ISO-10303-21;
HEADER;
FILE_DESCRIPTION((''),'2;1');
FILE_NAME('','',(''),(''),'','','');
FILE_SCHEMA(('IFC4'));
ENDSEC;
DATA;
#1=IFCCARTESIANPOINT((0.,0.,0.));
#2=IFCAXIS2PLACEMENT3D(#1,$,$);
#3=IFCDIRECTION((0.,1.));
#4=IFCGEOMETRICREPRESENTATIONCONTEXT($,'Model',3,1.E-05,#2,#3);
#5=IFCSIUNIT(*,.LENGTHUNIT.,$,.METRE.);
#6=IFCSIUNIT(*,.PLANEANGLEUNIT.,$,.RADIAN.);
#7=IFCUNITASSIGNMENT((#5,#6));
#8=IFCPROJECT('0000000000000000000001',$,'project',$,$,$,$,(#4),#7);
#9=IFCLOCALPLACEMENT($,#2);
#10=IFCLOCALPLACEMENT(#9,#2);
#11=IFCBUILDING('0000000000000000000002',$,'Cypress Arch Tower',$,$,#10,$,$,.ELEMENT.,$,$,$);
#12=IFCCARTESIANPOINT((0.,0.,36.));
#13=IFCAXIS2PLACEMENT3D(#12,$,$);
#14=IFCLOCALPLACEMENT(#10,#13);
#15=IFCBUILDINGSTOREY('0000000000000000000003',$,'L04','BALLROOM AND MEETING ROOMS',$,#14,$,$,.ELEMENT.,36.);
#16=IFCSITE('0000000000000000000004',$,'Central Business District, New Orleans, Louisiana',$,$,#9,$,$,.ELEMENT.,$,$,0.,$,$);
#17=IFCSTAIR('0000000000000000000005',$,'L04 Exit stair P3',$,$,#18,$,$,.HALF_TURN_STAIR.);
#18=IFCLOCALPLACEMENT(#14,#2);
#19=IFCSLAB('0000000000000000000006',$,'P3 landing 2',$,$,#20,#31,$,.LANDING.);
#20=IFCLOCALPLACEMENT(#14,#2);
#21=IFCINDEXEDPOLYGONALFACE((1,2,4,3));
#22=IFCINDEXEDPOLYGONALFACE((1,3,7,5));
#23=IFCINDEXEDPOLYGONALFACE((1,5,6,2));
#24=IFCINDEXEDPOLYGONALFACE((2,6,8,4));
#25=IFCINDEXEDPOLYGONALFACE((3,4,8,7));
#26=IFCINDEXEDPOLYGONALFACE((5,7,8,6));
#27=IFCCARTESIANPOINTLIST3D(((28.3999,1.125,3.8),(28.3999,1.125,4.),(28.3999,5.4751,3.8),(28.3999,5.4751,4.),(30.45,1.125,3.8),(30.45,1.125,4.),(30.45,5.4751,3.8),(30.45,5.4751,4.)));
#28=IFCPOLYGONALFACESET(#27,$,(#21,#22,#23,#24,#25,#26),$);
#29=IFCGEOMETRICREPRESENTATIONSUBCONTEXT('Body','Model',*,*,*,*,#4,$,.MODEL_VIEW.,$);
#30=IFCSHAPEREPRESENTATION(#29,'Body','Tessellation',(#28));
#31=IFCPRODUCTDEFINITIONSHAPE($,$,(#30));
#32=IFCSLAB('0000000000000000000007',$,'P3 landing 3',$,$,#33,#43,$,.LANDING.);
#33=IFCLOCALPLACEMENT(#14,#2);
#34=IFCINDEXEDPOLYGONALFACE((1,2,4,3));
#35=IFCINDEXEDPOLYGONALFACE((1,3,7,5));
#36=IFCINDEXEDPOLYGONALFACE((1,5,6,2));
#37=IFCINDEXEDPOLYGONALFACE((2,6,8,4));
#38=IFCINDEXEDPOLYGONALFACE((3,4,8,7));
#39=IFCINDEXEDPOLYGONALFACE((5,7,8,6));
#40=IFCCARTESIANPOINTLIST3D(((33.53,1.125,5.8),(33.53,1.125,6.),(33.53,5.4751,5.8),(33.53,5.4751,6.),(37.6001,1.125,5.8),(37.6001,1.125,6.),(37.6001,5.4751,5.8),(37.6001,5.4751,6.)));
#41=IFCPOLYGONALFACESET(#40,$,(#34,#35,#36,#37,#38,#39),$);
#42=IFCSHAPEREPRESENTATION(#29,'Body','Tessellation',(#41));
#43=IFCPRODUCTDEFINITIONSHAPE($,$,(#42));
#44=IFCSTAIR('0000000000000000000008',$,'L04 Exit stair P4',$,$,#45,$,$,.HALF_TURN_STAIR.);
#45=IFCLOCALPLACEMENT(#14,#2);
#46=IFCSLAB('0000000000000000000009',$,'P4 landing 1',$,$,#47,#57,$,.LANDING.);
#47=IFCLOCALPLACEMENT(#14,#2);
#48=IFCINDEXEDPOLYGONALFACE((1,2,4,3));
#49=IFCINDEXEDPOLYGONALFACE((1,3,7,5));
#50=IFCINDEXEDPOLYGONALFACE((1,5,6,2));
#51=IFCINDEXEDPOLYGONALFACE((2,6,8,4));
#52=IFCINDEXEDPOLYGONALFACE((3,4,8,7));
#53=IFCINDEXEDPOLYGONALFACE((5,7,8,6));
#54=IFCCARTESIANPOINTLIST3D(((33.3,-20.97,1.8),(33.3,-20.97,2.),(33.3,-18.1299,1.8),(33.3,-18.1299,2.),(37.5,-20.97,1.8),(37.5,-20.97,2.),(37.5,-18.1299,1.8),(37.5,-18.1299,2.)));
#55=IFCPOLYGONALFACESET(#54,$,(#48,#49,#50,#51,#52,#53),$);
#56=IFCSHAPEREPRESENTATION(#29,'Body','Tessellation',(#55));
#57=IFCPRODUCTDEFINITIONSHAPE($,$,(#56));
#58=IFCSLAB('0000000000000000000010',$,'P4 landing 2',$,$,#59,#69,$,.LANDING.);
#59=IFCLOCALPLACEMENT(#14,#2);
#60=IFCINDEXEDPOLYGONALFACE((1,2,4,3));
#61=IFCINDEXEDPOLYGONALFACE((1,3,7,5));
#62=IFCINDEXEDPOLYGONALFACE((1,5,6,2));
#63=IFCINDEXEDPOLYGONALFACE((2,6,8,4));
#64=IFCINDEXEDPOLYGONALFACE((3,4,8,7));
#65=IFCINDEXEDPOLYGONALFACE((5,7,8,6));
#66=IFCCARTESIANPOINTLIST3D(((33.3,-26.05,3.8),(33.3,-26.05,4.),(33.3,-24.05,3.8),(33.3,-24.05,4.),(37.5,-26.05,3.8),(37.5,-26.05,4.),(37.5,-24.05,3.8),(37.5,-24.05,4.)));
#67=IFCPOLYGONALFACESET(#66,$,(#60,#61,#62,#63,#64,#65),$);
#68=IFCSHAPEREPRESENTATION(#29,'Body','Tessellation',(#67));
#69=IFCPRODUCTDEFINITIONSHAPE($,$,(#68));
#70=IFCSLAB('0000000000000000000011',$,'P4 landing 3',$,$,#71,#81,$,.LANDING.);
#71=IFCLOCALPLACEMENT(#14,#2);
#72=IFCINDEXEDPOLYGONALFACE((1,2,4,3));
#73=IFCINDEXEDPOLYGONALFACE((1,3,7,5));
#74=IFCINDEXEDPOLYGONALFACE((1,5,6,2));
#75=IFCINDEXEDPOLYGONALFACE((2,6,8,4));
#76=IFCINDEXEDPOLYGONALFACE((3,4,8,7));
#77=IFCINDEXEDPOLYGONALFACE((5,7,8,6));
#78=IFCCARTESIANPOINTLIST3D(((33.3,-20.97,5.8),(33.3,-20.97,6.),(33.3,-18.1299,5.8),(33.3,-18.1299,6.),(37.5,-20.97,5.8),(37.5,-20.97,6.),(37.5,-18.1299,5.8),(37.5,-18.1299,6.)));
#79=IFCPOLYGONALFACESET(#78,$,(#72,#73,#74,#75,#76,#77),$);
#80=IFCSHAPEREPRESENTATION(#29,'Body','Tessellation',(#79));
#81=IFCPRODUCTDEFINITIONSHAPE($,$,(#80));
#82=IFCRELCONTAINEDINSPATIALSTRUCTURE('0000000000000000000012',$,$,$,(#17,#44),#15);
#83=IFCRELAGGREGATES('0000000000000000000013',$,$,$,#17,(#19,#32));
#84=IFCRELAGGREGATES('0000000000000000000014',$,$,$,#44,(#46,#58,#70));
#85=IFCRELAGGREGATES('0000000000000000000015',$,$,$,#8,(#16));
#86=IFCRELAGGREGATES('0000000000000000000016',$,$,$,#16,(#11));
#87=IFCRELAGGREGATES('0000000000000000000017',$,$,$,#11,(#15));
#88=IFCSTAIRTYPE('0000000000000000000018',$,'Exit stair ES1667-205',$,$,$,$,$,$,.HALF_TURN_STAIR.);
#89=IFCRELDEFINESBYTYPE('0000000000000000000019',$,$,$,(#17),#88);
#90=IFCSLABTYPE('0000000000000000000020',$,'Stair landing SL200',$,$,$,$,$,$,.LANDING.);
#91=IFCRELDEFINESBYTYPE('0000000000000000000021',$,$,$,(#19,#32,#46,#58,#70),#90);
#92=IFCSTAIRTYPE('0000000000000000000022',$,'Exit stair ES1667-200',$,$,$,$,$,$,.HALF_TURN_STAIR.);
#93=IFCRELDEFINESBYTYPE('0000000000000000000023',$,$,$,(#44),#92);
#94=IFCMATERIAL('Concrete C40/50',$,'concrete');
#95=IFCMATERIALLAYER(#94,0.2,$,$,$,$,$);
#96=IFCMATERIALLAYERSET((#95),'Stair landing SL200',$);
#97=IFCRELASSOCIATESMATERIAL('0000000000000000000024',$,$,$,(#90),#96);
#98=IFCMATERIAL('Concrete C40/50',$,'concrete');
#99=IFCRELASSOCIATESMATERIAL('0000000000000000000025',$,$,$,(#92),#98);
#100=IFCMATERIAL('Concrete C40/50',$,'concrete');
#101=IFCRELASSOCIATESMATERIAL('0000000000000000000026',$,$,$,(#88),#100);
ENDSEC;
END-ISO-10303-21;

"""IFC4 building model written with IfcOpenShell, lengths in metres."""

from ifc_helpers import new_model, si_unit, direction, frame, origin, place, context, subcontext, project, spatial, polyline, outline, extrude, material, layer, layer_set, type_object, element, aggregate, save


model = new_model("IFC4")

# Units and contexts
model_context = context("Model", 3, precision=1e-05, world=origin(), true_north=direction((0.0, 1.0)))
body_context = subcontext(model_context, "Body", "Model", "MODEL_VIEW")
ifc_project = project(units=[si_unit("LENGTHUNIT", "METRE"), si_unit("PLANEANGLEUNIT", "RADIAN")], contexts=[model_context])

# Site, building, storey
site_placement = place(None, origin())
site = spatial("IfcSite", under=ifc_project, at=site_placement, Name="Central Business District, New Orleans, Louisiana", CompositionType="ELEMENT", RefElevation=0.0)
building_placement = place(site_placement, origin())
building = spatial("IfcBuilding", under=site, at=building_placement, Name="Cypress Arch Tower", CompositionType="ELEMENT")
storey_placement = place(building_placement, frame((0.0, 0.0, 36.0)))
storey = spatial("IfcBuildingStorey", under=building, at=storey_placement, Name="L04", Description="BALLROOM AND MEETING ROOMS", CompositionType="ELEMENT", Elevation=36.0)

# Stairs, slabs
ifc_material_1 = material(Name="Concrete C40/50", Category="concrete")
ifc_layer = layer(ifc_material_1, 0.2)
ifc_layer_set = layer_set([ifc_layer], Name="Stair landing SL200")
slab_type = type_object("IfcSlabType", Name="Stair landing SL200", PredefinedType="LANDING", material=ifc_layer_set)
ifc_material_2 = material(Name="Concrete C40/50", Category="concrete")
stair_type_1 = type_object("IfcStairType", Name="Exit stair ES1667-200", PredefinedType="HALF_TURN_STAIR", material=ifc_material_2)
ifc_material_3 = material(Name="Concrete C40/50", Category="concrete")
stair_type_2 = type_object("IfcStairType", Name="Exit stair ES1667-205", PredefinedType="HALF_TURN_STAIR", material=ifc_material_3)
stair_1_placement = place(storey_placement, origin())
stair_1 = element("IfcStair", 1, at=stair_1_placement, inside=storey, type_object=stair_type_2, Name="L04 Exit stair P3", PredefinedType="HALF_TURN_STAIR")
slab_1_placement = place(storey_placement, frame((0.0, 0.0, 3.8)))
slab_1 = element("IfcSlab", 2, at=slab_1_placement, type_object=slab_type, Name="P3 landing 2", PredefinedType="LANDING", context=body_context, shape_type="SweptSolid", body=[
    extrude(outline(polyline([(28.3999, 1.125), (30.45, 1.125), (30.45, 5.4751), (28.3999, 5.4751), (28.3999, 1.125)])), origin(), (0.0, 0.0, 1.0), 0.2),
])
slab_2_placement = place(storey_placement, frame((0.0, 0.0, 5.8)))
slab_2 = element("IfcSlab", 3, at=slab_2_placement, type_object=slab_type, Name="P3 landing 3", PredefinedType="LANDING", context=body_context, shape_type="SweptSolid", body=[
    extrude(outline(polyline([(33.53, 1.125), (37.6001, 1.125), (37.6001, 5.4751), (33.53, 5.4751), (33.53, 1.125)])), origin(), (0.0, 0.0, 1.0), 0.2),
])
aggregate(stair_1, [slab_1, slab_2])
stair_2_placement = place(storey_placement, origin())
stair_2 = element("IfcStair", 4, at=stair_2_placement, inside=storey, type_object=stair_type_1, Name="L04 Exit stair P4", PredefinedType="HALF_TURN_STAIR")
slab_3_placement = place(storey_placement, frame((0.0, 0.0, 1.8)))
slab_3 = element("IfcSlab", 5, at=slab_3_placement, type_object=slab_type, Name="P4 landing 1", PredefinedType="LANDING", context=body_context, shape_type="SweptSolid", body=[
    extrude(outline(polyline([(37.5, -20.97), (37.5, -18.1299), (33.3, -18.1299), (33.3, -20.97), (37.5, -20.97)])), origin(), (0.0, 0.0, 1.0), 0.2),
])
slab_4_placement = place(storey_placement, frame((0.0, 0.0, 3.8)))
slab_4 = element("IfcSlab", 6, at=slab_4_placement, type_object=slab_type, Name="P4 landing 2", PredefinedType="LANDING", context=body_context, shape_type="SweptSolid", body=[
    extrude(outline(polyline([(37.5, -26.05), (37.5, -24.05), (33.3, -24.05), (33.3, -26.05), (37.5, -26.05)])), origin(), (0.0, 0.0, 1.0), 0.2),
])
slab_5_placement = place(storey_placement, frame((0.0, 0.0, 5.8)))
slab_5 = element("IfcSlab", 7, at=slab_5_placement, type_object=slab_type, Name="P4 landing 3", PredefinedType="LANDING", context=body_context, shape_type="SweptSolid", body=[
    extrude(outline(polyline([(37.5, -20.97), (37.5, -18.1299), (33.3, -18.1299), (33.3, -20.97), (37.5, -20.97)])), origin(), (0.0, 0.0, 1.0), 0.2),
])
aggregate(stair_2, [slab_3, slab_4, slab_5])

save(model, "model.ifc")
